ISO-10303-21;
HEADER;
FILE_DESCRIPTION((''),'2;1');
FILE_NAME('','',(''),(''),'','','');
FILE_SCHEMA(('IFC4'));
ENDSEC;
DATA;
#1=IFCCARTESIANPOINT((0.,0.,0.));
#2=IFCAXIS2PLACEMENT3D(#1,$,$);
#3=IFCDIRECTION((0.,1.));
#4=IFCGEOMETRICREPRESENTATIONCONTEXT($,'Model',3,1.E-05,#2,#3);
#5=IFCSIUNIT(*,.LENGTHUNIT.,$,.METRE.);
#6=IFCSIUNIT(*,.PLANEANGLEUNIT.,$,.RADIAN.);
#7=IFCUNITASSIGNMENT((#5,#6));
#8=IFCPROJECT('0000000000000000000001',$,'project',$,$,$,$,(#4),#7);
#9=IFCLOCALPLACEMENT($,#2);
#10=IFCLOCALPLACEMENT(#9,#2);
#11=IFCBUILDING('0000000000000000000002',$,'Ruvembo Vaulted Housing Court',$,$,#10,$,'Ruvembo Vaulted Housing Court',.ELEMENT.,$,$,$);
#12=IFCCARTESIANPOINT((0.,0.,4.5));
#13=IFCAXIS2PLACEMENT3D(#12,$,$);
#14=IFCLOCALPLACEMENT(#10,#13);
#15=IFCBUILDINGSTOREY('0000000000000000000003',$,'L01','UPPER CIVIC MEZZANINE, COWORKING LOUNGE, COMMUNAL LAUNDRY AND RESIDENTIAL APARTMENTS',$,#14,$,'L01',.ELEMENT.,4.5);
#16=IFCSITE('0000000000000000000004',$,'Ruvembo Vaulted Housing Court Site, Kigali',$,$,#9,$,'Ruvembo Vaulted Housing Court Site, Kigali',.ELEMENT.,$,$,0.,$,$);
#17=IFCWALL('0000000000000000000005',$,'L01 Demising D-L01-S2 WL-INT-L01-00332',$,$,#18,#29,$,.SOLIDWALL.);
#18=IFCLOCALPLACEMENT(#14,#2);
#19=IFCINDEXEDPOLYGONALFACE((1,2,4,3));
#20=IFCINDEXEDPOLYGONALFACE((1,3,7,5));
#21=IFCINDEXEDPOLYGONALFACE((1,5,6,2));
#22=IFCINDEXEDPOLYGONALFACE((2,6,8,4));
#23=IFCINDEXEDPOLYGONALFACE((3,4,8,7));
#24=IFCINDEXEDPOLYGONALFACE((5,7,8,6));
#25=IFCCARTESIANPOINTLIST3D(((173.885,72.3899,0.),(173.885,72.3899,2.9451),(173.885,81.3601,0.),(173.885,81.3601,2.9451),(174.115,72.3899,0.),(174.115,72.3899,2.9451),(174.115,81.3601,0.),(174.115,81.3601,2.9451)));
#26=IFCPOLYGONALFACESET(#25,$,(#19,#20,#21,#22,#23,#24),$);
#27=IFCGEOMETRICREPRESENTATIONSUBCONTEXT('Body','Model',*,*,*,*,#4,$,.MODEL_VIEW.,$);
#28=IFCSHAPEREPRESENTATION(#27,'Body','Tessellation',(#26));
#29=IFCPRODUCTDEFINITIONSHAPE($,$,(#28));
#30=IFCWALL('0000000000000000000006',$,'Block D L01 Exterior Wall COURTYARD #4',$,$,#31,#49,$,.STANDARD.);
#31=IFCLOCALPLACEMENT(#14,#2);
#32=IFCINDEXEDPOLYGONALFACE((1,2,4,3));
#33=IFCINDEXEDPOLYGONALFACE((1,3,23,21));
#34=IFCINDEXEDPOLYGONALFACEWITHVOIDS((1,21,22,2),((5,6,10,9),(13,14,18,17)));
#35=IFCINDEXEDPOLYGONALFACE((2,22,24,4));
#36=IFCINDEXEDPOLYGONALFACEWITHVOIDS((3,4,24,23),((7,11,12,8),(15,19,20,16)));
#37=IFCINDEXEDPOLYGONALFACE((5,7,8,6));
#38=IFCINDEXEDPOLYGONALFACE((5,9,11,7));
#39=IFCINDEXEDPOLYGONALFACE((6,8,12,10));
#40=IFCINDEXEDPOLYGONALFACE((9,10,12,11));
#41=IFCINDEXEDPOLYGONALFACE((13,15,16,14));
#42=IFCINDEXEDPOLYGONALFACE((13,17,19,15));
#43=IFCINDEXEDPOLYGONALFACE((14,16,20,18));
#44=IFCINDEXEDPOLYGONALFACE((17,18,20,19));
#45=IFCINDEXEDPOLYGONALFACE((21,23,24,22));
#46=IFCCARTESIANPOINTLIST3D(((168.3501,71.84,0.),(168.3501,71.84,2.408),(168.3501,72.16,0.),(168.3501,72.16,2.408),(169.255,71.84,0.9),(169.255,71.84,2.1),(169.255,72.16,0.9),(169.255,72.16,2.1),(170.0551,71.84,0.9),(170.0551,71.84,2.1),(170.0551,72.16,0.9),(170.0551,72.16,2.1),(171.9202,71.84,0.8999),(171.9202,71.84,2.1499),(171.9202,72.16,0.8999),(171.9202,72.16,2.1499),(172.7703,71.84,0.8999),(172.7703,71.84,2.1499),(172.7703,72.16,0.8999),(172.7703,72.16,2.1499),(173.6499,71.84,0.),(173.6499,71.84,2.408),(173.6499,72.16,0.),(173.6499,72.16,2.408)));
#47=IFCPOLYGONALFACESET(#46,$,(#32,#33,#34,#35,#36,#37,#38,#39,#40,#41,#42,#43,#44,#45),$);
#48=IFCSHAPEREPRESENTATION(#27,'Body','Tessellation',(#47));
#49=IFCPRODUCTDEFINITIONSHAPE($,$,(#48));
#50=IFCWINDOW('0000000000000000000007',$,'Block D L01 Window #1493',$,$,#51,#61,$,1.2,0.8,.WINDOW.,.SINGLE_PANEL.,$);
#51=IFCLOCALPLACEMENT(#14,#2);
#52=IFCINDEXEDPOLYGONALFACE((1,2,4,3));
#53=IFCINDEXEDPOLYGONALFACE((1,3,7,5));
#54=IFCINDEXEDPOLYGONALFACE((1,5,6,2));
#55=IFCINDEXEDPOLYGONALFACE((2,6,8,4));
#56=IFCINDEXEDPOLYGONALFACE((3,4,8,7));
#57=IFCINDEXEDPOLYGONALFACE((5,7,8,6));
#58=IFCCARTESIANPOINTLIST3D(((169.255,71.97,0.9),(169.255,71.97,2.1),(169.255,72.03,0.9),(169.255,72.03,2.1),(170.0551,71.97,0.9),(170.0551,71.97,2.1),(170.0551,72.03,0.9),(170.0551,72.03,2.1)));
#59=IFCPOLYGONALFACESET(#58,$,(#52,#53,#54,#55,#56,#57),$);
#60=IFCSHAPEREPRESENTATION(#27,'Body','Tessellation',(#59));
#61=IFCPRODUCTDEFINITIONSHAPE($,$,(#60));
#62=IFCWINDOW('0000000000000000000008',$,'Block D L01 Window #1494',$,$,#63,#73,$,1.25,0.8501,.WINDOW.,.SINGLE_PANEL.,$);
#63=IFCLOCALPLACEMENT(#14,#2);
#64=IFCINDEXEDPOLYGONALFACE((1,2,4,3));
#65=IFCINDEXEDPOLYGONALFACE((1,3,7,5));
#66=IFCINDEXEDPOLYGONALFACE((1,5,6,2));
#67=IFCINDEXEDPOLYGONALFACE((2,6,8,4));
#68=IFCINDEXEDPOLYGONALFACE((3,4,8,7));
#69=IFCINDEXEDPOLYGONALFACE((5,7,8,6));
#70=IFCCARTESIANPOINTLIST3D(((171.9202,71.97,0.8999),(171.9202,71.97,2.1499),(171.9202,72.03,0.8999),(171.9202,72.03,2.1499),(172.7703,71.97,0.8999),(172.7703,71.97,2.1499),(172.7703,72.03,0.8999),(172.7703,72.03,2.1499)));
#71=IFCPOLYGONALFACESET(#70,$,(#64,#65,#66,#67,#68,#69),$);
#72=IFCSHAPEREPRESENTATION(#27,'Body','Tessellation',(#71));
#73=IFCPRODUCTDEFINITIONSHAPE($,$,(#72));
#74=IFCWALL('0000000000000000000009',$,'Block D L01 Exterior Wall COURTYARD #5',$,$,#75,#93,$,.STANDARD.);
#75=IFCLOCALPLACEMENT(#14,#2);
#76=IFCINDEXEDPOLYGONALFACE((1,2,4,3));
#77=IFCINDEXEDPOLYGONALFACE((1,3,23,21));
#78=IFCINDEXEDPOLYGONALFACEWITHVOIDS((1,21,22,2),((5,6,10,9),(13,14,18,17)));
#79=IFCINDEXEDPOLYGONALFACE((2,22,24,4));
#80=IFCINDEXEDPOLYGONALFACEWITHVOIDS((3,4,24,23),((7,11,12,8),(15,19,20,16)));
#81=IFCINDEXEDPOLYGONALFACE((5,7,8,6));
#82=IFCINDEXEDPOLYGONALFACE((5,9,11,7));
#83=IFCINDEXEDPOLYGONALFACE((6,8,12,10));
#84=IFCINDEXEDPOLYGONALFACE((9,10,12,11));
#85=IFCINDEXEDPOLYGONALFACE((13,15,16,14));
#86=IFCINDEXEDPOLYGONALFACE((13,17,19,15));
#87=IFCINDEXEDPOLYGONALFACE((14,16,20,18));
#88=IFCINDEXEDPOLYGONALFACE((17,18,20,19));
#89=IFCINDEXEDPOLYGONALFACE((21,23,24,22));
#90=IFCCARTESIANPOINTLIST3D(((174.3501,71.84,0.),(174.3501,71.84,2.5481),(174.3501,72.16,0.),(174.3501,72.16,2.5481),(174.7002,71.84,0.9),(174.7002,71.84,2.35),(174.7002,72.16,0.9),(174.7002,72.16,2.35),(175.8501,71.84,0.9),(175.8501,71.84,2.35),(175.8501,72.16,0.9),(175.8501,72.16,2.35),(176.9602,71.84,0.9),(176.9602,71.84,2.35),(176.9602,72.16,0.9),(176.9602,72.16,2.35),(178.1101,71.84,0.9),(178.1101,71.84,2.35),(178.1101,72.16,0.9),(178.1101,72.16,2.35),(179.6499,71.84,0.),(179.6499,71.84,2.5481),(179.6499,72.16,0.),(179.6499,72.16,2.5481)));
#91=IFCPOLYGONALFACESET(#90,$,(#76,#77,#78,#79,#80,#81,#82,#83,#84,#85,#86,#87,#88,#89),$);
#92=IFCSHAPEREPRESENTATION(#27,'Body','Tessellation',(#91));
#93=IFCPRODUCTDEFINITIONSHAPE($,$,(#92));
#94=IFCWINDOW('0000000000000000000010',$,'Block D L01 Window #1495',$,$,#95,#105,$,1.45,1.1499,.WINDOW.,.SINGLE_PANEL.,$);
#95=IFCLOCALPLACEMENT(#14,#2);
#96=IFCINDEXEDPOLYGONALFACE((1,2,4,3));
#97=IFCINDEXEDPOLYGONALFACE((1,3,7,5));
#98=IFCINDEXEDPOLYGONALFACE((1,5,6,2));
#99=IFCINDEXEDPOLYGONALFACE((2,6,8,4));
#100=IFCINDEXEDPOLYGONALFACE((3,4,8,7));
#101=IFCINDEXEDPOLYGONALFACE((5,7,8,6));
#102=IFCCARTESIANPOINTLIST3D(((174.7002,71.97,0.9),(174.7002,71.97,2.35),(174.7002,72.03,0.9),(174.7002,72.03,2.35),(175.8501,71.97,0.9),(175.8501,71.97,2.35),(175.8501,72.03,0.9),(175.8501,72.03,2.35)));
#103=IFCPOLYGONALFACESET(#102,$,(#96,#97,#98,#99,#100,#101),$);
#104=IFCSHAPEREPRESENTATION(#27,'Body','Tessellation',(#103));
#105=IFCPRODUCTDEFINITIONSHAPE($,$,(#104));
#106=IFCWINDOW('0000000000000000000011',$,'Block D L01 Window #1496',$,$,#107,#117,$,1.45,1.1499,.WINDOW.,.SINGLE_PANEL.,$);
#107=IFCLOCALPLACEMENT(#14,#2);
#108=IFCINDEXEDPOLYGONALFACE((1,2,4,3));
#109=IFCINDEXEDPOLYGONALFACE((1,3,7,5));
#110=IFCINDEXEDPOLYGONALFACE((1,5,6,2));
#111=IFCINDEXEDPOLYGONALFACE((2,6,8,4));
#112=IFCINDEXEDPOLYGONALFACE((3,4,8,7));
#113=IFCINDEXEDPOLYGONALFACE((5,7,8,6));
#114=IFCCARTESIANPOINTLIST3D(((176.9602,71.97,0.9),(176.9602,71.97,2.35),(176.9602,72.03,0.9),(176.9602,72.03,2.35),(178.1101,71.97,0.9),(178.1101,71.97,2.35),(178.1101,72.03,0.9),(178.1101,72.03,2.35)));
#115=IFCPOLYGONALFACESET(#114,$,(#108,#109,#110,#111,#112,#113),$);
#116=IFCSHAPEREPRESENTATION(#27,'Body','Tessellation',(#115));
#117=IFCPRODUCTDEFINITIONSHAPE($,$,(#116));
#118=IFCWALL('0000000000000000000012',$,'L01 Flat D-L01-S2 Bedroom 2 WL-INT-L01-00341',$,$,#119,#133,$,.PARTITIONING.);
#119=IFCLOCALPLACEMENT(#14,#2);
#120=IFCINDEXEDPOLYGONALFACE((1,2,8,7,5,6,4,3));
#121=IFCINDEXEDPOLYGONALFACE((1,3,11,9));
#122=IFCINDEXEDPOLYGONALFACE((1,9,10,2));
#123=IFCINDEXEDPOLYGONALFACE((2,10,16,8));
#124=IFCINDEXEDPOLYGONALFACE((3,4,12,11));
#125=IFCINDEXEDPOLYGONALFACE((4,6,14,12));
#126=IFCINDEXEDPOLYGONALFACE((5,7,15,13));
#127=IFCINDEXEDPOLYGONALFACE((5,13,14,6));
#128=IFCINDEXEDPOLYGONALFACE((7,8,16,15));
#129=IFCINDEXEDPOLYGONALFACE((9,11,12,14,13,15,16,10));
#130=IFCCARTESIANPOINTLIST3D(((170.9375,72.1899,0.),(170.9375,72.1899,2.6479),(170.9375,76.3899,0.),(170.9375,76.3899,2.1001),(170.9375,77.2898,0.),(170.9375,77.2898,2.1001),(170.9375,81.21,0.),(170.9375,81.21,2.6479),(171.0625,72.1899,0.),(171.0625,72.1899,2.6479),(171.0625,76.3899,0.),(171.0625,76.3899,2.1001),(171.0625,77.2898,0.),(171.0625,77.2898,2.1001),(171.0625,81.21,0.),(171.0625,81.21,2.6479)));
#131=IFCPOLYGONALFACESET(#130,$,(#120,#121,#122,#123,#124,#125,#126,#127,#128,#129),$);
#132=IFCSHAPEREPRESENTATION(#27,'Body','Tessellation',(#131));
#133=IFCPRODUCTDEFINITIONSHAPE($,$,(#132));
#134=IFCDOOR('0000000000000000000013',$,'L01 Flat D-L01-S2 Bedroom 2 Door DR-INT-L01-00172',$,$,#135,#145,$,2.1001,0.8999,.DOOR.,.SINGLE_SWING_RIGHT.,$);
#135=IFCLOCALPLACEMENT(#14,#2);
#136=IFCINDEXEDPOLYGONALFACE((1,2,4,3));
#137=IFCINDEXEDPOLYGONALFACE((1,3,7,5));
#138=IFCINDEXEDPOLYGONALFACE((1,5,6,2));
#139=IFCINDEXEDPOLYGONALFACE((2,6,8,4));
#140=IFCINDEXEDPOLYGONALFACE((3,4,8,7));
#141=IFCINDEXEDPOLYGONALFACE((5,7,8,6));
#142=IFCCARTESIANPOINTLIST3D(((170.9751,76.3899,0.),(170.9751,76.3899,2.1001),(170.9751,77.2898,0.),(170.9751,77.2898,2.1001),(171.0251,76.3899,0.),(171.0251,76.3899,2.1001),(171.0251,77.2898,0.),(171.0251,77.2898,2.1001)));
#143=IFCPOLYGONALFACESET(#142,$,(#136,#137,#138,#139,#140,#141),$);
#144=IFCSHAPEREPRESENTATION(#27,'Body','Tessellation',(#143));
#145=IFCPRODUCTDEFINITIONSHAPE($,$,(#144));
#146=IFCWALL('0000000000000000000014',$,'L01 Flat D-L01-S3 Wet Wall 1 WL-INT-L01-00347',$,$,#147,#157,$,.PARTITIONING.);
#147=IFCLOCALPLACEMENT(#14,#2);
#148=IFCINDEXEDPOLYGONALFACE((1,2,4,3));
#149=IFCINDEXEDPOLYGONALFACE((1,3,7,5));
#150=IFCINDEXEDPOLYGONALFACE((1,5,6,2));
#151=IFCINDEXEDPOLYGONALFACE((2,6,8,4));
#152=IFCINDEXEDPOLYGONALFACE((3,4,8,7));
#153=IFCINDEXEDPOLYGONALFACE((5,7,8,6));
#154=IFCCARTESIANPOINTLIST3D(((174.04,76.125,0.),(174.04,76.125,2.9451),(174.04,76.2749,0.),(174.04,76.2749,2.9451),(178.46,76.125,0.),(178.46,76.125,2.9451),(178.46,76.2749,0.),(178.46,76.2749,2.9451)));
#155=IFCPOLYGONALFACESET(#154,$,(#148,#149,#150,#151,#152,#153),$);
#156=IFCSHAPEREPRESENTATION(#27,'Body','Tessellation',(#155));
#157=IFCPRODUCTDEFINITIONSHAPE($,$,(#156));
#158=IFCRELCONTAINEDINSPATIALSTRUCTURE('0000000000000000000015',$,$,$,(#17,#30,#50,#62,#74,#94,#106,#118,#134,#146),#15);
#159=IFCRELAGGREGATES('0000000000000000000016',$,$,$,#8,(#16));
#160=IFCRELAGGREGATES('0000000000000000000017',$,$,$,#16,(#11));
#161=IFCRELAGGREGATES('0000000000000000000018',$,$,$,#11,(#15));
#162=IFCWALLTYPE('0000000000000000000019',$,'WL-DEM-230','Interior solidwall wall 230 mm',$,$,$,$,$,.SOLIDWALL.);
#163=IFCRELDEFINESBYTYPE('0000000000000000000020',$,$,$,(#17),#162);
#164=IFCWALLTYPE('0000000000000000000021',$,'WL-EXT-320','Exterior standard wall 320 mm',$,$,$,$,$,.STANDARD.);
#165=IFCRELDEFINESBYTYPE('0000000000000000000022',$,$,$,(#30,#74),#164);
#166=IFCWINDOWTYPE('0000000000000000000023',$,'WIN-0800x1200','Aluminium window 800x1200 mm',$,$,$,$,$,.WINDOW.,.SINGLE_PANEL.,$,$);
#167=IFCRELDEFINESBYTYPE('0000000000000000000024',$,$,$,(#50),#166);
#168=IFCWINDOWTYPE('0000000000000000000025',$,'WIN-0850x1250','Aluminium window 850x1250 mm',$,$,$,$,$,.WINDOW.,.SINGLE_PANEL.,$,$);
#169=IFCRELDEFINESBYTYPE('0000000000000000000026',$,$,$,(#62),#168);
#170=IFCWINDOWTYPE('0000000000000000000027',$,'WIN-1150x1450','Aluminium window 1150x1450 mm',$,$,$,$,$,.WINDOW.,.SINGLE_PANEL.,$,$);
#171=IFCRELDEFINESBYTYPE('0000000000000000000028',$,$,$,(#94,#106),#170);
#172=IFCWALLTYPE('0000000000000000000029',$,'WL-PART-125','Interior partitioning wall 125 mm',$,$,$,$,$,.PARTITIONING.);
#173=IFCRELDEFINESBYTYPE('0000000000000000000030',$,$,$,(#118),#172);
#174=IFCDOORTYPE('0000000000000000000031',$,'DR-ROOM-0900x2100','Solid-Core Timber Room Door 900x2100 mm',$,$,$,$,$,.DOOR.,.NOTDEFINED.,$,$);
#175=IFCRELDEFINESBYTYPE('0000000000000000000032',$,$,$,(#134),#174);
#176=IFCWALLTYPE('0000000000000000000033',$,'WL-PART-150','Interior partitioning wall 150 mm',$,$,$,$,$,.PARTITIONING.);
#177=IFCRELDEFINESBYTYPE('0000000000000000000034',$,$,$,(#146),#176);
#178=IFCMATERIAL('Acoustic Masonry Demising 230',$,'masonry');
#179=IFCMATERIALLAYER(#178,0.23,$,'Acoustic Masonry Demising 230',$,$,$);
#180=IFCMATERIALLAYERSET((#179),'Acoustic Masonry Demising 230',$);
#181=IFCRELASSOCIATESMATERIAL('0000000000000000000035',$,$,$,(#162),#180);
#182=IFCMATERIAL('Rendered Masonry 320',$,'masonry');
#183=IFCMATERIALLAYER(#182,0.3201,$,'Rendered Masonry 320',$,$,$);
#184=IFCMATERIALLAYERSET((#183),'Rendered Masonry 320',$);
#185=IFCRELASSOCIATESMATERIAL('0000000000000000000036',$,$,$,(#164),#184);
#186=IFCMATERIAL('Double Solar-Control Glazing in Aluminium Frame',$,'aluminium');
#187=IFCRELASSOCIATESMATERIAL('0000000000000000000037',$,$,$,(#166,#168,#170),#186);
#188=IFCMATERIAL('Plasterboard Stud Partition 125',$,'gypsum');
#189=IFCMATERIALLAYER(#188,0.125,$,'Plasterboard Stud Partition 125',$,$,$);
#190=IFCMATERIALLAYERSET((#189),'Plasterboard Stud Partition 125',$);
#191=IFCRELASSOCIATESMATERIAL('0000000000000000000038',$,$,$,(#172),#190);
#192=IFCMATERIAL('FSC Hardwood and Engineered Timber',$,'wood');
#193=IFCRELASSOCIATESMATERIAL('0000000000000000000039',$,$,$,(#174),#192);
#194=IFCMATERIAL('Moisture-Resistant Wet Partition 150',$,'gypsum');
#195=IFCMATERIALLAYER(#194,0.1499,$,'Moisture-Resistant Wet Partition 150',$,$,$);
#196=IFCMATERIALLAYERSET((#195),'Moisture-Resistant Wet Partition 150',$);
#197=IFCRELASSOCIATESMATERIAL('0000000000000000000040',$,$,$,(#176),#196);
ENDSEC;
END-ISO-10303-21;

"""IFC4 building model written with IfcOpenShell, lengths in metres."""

from ifc_helpers import new_model, si_unit, direction, frame, frame_2d, origin, place, context, subcontext, project, spatial, rectangle, extrude, material, layer, layer_set, type_object, element, fill, save


model = new_model("IFC4")

# Units and contexts
model_context = context("Model", 3, precision=1e-05, world=origin(), true_north=direction((0.0, 1.0)))
body_context = subcontext(model_context, "Body", "Model", "MODEL_VIEW")
ifc_project = project(units=[si_unit("LENGTHUNIT", "METRE"), si_unit("PLANEANGLEUNIT", "RADIAN")], contexts=[model_context])

# Site, building, storey
site_placement = place(None, origin())
site = spatial("IfcSite", under=ifc_project, at=site_placement, Name="Ruvembo Vaulted Housing Court Site, Kigali", LongName="Ruvembo Vaulted Housing Court Site, Kigali", CompositionType="ELEMENT", RefElevation=0.0)
building_placement = place(site_placement, origin())
building = spatial("IfcBuilding", under=site, at=building_placement, Name="Ruvembo Vaulted Housing Court", LongName="Ruvembo Vaulted Housing Court", CompositionType="ELEMENT")
storey_placement = place(building_placement, frame((0.0, 0.0, 4.5)))
storey = spatial("IfcBuildingStorey", under=building, at=storey_placement, Name="L01", Description="UPPER CIVIC MEZZANINE, COWORKING LOUNGE, COMMUNAL LAUNDRY AND RESIDENTIAL APARTMENTS", LongName="L01", CompositionType="ELEMENT", Elevation=4.5)

# Wall
ifc_material_1 = material(Name="Acoustic Masonry Demising 230", Category="masonry")
ifc_layer_1 = layer(ifc_material_1, 0.23, Name="Acoustic Masonry Demising 230")
ifc_layer_set_1 = layer_set([ifc_layer_1], Name="Acoustic Masonry Demising 230")
wall_type_1 = type_object("IfcWallType", Name="WL-DEM-230", Description="Interior solidwall wall 230 mm", PredefinedType="SOLIDWALL", material=ifc_layer_set_1)
wall_1_placement = place(storey_placement, frame((174.0, 72.3899, 0.0), z_axis=(0.0, 0.0, 1.0), x_axis=(0.0, 1.0, 0.0)))
element("IfcWall", 1, at=wall_1_placement, inside=storey, type_object=wall_type_1, Name="L01 Demising D-L01-S2 WL-INT-L01-00332", PredefinedType="SOLIDWALL", context=body_context, shape_type="SweptSolid", body=[
    extrude(rectangle(XDim=8.9702, YDim=0.23, at=frame_2d((4.4851, 0.0))), origin(), (0.0, 0.0, 1.0), 2.9451),
])

# Walls, openings, windows
ifc_material_2 = material(Name="Rendered Masonry 320", Category="masonry")
ifc_layer_2 = layer(ifc_material_2, 0.3201, Name="Rendered Masonry 320")
ifc_layer_set_2 = layer_set([ifc_layer_2], Name="Rendered Masonry 320")
wall_type_2 = type_object("IfcWallType", Name="WL-EXT-320", Description="Exterior standard wall 320 mm", PredefinedType="STANDARD", material=ifc_layer_set_2)
wall_2_placement = place(storey_placement, frame((168.3501, 72.0, 0.0), z_axis=(0.0, 0.0, 1.0), x_axis=(1.0, 0.0, 0.0)))
wall_2 = element("IfcWall", 2, at=wall_2_placement, inside=storey, type_object=wall_type_2, Name="Block D L01 Exterior Wall COURTYARD #4", PredefinedType="STANDARD", context=body_context, shape_type="SweptSolid", body=[
    extrude(rectangle(XDim=5.2998, YDim=0.3201, at=frame_2d((2.6499, 0.0))), origin(), (0.0, 0.0, 1.0), 2.408),
])
opening_1_placement = place(wall_2_placement, frame((0.905, 0.0, 0.8999)))
opening_1 = element("IfcOpeningElement", 3, at=opening_1_placement, cuts=wall_2, PredefinedType="OPENING", context=body_context, shape_type="SweptSolid", body=[
    extrude(rectangle(XDim=0.8, YDim=1.2, at=frame_2d((0.3999, 0.6001))), frame((0.0, 0.1699, 0.0), z_axis=(0.0, -1.0, 0.0), x_axis=(1.0, 0.0, 0.0)), (0.0, 0.0, 1.0), 0.3401),
])
opening_2_placement = place(wall_2_placement, frame((3.5701, 0.0, 0.8999)))
opening_2 = element("IfcOpeningElement", 4, at=opening_2_placement, cuts=wall_2, PredefinedType="OPENING", context=body_context, shape_type="SweptSolid", body=[
    extrude(rectangle(XDim=0.8501, YDim=1.25, at=frame_2d((0.425, 0.625))), frame((0.0, 0.1699, 0.0), z_axis=(0.0, -1.0, 0.0), x_axis=(1.0, 0.0, 0.0)), (0.0, 0.0, 1.0), 0.3401),
])
ifc_material_3 = material(Name="Double Solar-Control Glazing in Aluminium Frame", Category="aluminium")
window_type_1 = type_object("IfcWindowType", Name="WIN-0800x1200", Description="Aluminium window 800x1200 mm", PartitioningType="SINGLE_PANEL", PredefinedType="WINDOW", material=ifc_material_3)
window_1_placement = place(opening_1_placement, origin())
window_1 = element("IfcWindow", 5, at=window_1_placement, inside=storey, type_object=window_type_1, Name="Block D L01 Window #1493", OverallHeight=1.2, OverallWidth=0.8, PartitioningType="SINGLE_PANEL", PredefinedType="WINDOW", context=body_context, shape_type="SweptSolid", body=[
    extrude(rectangle(XDim=0.8, YDim=1.2, at=frame_2d((0.3999, 0.6001))), frame((0.0, 0.03, 0.0), z_axis=(0.0, -1.0, 0.0), x_axis=(1.0, 0.0, 0.0)), (0.0, 0.0, 1.0), 0.0601),
])
fill(opening_1, window_1)
window_type_2 = type_object("IfcWindowType", Name="WIN-0850x1250", Description="Aluminium window 850x1250 mm", PartitioningType="SINGLE_PANEL", PredefinedType="WINDOW", material=ifc_material_3)
window_2_placement = place(opening_2_placement, origin())
window_2 = element("IfcWindow", 6, at=window_2_placement, inside=storey, type_object=window_type_2, Name="Block D L01 Window #1494", OverallHeight=1.25, OverallWidth=0.8501, PartitioningType="SINGLE_PANEL", PredefinedType="WINDOW", context=body_context, shape_type="SweptSolid", body=[
    extrude(rectangle(XDim=0.8501, YDim=1.25, at=frame_2d((0.425, 0.625))), frame((0.0, 0.03, 0.0), z_axis=(0.0, -1.0, 0.0), x_axis=(1.0, 0.0, 0.0)), (0.0, 0.0, 1.0), 0.0601),
])
fill(opening_2, window_2)
wall_3_placement = place(storey_placement, frame((174.3501, 72.0, 0.0), z_axis=(0.0, 0.0, 1.0), x_axis=(1.0, 0.0, 0.0)))
wall_3 = element("IfcWall", 7, at=wall_3_placement, inside=storey, type_object=wall_type_2, Name="Block D L01 Exterior Wall COURTYARD #5", PredefinedType="STANDARD", context=body_context, shape_type="SweptSolid", body=[
    extrude(rectangle(XDim=5.2998, YDim=0.3201, at=frame_2d((2.6499, 0.0))), origin(), (0.0, 0.0, 1.0), 2.5481),
])
opening_3_placement = place(wall_3_placement, frame((0.3501, 0.0, 0.8999)))
opening_3 = element("IfcOpeningElement", 8, at=opening_3_placement, cuts=wall_3, PredefinedType="OPENING", context=body_context, shape_type="SweptSolid", body=[
    extrude(rectangle(XDim=1.1499, YDim=1.45, at=frame_2d((0.575, 0.7251))), frame((0.0, 0.1699, 0.0), z_axis=(0.0, -1.0, 0.0), x_axis=(1.0, 0.0, 0.0)), (0.0, 0.0, 1.0), 0.3401),
])
opening_4_placement = place(wall_3_placement, frame((2.6101, 0.0, 0.8999)))
opening_4 = element("IfcOpeningElement", 9, at=opening_4_placement, cuts=wall_3, PredefinedType="OPENING", context=body_context, shape_type="SweptSolid", body=[
    extrude(rectangle(XDim=1.1499, YDim=1.45, at=frame_2d((0.575, 0.7251))), frame((0.0, 0.1699, 0.0), z_axis=(0.0, -1.0, 0.0), x_axis=(1.0, 0.0, 0.0)), (0.0, 0.0, 1.0), 0.3401),
])
window_type_3 = type_object("IfcWindowType", Name="WIN-1150x1450", Description="Aluminium window 1150x1450 mm", PartitioningType="SINGLE_PANEL", PredefinedType="WINDOW", material=ifc_material_3)
window_3_placement = place(opening_3_placement, origin())
window_3 = element("IfcWindow", 10, at=window_3_placement, inside=storey, type_object=window_type_3, Name="Block D L01 Window #1495", OverallHeight=1.45, OverallWidth=1.1499, PartitioningType="SINGLE_PANEL", PredefinedType="WINDOW", context=body_context, shape_type="SweptSolid", body=[
    extrude(rectangle(XDim=1.1499, YDim=1.45, at=frame_2d((0.575, 0.7251))), frame((0.0, 0.03, 0.0), z_axis=(0.0, -1.0, 0.0), x_axis=(1.0, 0.0, 0.0)), (0.0, 0.0, 1.0), 0.0601),
])
fill(opening_3, window_3)
window_4_placement = place(opening_4_placement, origin())
window_4 = element("IfcWindow", 11, at=window_4_placement, inside=storey, type_object=window_type_3, Name="Block D L01 Window #1496", OverallHeight=1.45, OverallWidth=1.1499, PartitioningType="SINGLE_PANEL", PredefinedType="WINDOW", context=body_context, shape_type="SweptSolid", body=[
    extrude(rectangle(XDim=1.1499, YDim=1.45, at=frame_2d((0.575, 0.7251))), frame((0.0, 0.03, 0.0), z_axis=(0.0, -1.0, 0.0), x_axis=(1.0, 0.0, 0.0)), (0.0, 0.0, 1.0), 0.0601),
])
fill(opening_4, window_4)

# Wall, opening, door
ifc_material_4 = material(Name="Plasterboard Stud Partition 125", Category="gypsum")
ifc_layer_3 = layer(ifc_material_4, 0.125, Name="Plasterboard Stud Partition 125")
ifc_layer_set_3 = layer_set([ifc_layer_3], Name="Plasterboard Stud Partition 125")
wall_type_3 = type_object("IfcWallType", Name="WL-PART-125", Description="Interior partitioning wall 125 mm", PredefinedType="PARTITIONING", material=ifc_layer_set_3)
wall_4_placement = place(storey_placement, frame((171.0, 72.1899, 0.0), z_axis=(0.0, 0.0, 1.0), x_axis=(0.0, 1.0, 0.0)))
wall_4 = element("IfcWall", 12, at=wall_4_placement, inside=storey, type_object=wall_type_3, Name="L01 Flat D-L01-S2 Bedroom 2 WL-INT-L01-00341", PredefinedType="PARTITIONING", context=body_context, shape_type="SweptSolid", body=[
    extrude(rectangle(XDim=9.02, YDim=0.125, at=frame_2d((4.51, 0.0))), origin(), (0.0, 0.0, 1.0), 2.6479),
])
opening_5_placement = place(wall_4_placement, frame((4.2, 0.0, 0.0)))
opening_5 = element("IfcOpeningElement", 13, at=opening_5_placement, cuts=wall_4, PredefinedType="OPENING", context=body_context, shape_type="SweptSolid", body=[
    extrude(rectangle(XDim=0.8999, YDim=2.1001, at=frame_2d((0.45, 1.05))), frame((0.0, 0.0725, 0.0), z_axis=(0.0, -1.0, 0.0), x_axis=(1.0, 0.0, 0.0)), (0.0, 0.0, 1.0), 0.145),
])
ifc_material_5 = material(Name="FSC Hardwood and Engineered Timber", Category="wood")
door_type_1 = type_object("IfcDoorType", Name="DR-ROOM-0900x2100", Description="Solid-Core Timber Room Door 900x2100 mm", OperationType="NOTDEFINED", PredefinedType="DOOR", material=ifc_material_5)
door_1_placement = place(opening_5_placement, origin())
door_1 = element("IfcDoor", 14, at=door_1_placement, inside=storey, type_object=door_type_1, Name="L01 Flat D-L01-S2 Bedroom 2 Door DR-INT-L01-00172", OperationType="SINGLE_SWING_RIGHT", OverallHeight=2.1001, OverallWidth=0.8999, PredefinedType="DOOR", context=body_context, shape_type="SweptSolid", body=[
    extrude(rectangle(XDim=0.8999, YDim=2.1001, at=frame_2d((0.45, 1.05))), frame((0.0, 0.0249, 0.0), z_axis=(0.0, -1.0, 0.0), x_axis=(1.0, 0.0, 0.0)), (0.0, 0.0, 1.0), 0.05),
])
fill(opening_5, door_1)

# Wall
ifc_material_6 = material(Name="Moisture-Resistant Wet Partition 150", Category="gypsum")
ifc_layer_4 = layer(ifc_material_6, 0.1499, Name="Moisture-Resistant Wet Partition 150")
ifc_layer_set_4 = layer_set([ifc_layer_4], Name="Moisture-Resistant Wet Partition 150")
wall_type_4 = type_object("IfcWallType", Name="WL-PART-150", Description="Interior partitioning wall 150 mm", PredefinedType="PARTITIONING", material=ifc_layer_set_4)
for number, where, z_axis, x_axis, name in (
    (15, (174.04, 76.2, 0.0), (0.0, 0.0, 1.0), (1.0, 0.0, 0.0), "L01 Flat D-L01-S3 Wet Wall 1 WL-INT-L01-00347"),
):
    element("IfcWall", number, at=place(storey_placement, frame(where, z_axis=z_axis, x_axis=x_axis)), inside=storey, type_object=wall_type_4, Name=name, PredefinedType="PARTITIONING", context=body_context, shape_type="SweptSolid", body=[
        extrude(rectangle(XDim=4.4199, YDim=0.1499, at=frame_2d((2.21, 0.0))), origin(), (0.0, 0.0, 1.0), 2.9451),
    ])

save(model, "model.ifc")
